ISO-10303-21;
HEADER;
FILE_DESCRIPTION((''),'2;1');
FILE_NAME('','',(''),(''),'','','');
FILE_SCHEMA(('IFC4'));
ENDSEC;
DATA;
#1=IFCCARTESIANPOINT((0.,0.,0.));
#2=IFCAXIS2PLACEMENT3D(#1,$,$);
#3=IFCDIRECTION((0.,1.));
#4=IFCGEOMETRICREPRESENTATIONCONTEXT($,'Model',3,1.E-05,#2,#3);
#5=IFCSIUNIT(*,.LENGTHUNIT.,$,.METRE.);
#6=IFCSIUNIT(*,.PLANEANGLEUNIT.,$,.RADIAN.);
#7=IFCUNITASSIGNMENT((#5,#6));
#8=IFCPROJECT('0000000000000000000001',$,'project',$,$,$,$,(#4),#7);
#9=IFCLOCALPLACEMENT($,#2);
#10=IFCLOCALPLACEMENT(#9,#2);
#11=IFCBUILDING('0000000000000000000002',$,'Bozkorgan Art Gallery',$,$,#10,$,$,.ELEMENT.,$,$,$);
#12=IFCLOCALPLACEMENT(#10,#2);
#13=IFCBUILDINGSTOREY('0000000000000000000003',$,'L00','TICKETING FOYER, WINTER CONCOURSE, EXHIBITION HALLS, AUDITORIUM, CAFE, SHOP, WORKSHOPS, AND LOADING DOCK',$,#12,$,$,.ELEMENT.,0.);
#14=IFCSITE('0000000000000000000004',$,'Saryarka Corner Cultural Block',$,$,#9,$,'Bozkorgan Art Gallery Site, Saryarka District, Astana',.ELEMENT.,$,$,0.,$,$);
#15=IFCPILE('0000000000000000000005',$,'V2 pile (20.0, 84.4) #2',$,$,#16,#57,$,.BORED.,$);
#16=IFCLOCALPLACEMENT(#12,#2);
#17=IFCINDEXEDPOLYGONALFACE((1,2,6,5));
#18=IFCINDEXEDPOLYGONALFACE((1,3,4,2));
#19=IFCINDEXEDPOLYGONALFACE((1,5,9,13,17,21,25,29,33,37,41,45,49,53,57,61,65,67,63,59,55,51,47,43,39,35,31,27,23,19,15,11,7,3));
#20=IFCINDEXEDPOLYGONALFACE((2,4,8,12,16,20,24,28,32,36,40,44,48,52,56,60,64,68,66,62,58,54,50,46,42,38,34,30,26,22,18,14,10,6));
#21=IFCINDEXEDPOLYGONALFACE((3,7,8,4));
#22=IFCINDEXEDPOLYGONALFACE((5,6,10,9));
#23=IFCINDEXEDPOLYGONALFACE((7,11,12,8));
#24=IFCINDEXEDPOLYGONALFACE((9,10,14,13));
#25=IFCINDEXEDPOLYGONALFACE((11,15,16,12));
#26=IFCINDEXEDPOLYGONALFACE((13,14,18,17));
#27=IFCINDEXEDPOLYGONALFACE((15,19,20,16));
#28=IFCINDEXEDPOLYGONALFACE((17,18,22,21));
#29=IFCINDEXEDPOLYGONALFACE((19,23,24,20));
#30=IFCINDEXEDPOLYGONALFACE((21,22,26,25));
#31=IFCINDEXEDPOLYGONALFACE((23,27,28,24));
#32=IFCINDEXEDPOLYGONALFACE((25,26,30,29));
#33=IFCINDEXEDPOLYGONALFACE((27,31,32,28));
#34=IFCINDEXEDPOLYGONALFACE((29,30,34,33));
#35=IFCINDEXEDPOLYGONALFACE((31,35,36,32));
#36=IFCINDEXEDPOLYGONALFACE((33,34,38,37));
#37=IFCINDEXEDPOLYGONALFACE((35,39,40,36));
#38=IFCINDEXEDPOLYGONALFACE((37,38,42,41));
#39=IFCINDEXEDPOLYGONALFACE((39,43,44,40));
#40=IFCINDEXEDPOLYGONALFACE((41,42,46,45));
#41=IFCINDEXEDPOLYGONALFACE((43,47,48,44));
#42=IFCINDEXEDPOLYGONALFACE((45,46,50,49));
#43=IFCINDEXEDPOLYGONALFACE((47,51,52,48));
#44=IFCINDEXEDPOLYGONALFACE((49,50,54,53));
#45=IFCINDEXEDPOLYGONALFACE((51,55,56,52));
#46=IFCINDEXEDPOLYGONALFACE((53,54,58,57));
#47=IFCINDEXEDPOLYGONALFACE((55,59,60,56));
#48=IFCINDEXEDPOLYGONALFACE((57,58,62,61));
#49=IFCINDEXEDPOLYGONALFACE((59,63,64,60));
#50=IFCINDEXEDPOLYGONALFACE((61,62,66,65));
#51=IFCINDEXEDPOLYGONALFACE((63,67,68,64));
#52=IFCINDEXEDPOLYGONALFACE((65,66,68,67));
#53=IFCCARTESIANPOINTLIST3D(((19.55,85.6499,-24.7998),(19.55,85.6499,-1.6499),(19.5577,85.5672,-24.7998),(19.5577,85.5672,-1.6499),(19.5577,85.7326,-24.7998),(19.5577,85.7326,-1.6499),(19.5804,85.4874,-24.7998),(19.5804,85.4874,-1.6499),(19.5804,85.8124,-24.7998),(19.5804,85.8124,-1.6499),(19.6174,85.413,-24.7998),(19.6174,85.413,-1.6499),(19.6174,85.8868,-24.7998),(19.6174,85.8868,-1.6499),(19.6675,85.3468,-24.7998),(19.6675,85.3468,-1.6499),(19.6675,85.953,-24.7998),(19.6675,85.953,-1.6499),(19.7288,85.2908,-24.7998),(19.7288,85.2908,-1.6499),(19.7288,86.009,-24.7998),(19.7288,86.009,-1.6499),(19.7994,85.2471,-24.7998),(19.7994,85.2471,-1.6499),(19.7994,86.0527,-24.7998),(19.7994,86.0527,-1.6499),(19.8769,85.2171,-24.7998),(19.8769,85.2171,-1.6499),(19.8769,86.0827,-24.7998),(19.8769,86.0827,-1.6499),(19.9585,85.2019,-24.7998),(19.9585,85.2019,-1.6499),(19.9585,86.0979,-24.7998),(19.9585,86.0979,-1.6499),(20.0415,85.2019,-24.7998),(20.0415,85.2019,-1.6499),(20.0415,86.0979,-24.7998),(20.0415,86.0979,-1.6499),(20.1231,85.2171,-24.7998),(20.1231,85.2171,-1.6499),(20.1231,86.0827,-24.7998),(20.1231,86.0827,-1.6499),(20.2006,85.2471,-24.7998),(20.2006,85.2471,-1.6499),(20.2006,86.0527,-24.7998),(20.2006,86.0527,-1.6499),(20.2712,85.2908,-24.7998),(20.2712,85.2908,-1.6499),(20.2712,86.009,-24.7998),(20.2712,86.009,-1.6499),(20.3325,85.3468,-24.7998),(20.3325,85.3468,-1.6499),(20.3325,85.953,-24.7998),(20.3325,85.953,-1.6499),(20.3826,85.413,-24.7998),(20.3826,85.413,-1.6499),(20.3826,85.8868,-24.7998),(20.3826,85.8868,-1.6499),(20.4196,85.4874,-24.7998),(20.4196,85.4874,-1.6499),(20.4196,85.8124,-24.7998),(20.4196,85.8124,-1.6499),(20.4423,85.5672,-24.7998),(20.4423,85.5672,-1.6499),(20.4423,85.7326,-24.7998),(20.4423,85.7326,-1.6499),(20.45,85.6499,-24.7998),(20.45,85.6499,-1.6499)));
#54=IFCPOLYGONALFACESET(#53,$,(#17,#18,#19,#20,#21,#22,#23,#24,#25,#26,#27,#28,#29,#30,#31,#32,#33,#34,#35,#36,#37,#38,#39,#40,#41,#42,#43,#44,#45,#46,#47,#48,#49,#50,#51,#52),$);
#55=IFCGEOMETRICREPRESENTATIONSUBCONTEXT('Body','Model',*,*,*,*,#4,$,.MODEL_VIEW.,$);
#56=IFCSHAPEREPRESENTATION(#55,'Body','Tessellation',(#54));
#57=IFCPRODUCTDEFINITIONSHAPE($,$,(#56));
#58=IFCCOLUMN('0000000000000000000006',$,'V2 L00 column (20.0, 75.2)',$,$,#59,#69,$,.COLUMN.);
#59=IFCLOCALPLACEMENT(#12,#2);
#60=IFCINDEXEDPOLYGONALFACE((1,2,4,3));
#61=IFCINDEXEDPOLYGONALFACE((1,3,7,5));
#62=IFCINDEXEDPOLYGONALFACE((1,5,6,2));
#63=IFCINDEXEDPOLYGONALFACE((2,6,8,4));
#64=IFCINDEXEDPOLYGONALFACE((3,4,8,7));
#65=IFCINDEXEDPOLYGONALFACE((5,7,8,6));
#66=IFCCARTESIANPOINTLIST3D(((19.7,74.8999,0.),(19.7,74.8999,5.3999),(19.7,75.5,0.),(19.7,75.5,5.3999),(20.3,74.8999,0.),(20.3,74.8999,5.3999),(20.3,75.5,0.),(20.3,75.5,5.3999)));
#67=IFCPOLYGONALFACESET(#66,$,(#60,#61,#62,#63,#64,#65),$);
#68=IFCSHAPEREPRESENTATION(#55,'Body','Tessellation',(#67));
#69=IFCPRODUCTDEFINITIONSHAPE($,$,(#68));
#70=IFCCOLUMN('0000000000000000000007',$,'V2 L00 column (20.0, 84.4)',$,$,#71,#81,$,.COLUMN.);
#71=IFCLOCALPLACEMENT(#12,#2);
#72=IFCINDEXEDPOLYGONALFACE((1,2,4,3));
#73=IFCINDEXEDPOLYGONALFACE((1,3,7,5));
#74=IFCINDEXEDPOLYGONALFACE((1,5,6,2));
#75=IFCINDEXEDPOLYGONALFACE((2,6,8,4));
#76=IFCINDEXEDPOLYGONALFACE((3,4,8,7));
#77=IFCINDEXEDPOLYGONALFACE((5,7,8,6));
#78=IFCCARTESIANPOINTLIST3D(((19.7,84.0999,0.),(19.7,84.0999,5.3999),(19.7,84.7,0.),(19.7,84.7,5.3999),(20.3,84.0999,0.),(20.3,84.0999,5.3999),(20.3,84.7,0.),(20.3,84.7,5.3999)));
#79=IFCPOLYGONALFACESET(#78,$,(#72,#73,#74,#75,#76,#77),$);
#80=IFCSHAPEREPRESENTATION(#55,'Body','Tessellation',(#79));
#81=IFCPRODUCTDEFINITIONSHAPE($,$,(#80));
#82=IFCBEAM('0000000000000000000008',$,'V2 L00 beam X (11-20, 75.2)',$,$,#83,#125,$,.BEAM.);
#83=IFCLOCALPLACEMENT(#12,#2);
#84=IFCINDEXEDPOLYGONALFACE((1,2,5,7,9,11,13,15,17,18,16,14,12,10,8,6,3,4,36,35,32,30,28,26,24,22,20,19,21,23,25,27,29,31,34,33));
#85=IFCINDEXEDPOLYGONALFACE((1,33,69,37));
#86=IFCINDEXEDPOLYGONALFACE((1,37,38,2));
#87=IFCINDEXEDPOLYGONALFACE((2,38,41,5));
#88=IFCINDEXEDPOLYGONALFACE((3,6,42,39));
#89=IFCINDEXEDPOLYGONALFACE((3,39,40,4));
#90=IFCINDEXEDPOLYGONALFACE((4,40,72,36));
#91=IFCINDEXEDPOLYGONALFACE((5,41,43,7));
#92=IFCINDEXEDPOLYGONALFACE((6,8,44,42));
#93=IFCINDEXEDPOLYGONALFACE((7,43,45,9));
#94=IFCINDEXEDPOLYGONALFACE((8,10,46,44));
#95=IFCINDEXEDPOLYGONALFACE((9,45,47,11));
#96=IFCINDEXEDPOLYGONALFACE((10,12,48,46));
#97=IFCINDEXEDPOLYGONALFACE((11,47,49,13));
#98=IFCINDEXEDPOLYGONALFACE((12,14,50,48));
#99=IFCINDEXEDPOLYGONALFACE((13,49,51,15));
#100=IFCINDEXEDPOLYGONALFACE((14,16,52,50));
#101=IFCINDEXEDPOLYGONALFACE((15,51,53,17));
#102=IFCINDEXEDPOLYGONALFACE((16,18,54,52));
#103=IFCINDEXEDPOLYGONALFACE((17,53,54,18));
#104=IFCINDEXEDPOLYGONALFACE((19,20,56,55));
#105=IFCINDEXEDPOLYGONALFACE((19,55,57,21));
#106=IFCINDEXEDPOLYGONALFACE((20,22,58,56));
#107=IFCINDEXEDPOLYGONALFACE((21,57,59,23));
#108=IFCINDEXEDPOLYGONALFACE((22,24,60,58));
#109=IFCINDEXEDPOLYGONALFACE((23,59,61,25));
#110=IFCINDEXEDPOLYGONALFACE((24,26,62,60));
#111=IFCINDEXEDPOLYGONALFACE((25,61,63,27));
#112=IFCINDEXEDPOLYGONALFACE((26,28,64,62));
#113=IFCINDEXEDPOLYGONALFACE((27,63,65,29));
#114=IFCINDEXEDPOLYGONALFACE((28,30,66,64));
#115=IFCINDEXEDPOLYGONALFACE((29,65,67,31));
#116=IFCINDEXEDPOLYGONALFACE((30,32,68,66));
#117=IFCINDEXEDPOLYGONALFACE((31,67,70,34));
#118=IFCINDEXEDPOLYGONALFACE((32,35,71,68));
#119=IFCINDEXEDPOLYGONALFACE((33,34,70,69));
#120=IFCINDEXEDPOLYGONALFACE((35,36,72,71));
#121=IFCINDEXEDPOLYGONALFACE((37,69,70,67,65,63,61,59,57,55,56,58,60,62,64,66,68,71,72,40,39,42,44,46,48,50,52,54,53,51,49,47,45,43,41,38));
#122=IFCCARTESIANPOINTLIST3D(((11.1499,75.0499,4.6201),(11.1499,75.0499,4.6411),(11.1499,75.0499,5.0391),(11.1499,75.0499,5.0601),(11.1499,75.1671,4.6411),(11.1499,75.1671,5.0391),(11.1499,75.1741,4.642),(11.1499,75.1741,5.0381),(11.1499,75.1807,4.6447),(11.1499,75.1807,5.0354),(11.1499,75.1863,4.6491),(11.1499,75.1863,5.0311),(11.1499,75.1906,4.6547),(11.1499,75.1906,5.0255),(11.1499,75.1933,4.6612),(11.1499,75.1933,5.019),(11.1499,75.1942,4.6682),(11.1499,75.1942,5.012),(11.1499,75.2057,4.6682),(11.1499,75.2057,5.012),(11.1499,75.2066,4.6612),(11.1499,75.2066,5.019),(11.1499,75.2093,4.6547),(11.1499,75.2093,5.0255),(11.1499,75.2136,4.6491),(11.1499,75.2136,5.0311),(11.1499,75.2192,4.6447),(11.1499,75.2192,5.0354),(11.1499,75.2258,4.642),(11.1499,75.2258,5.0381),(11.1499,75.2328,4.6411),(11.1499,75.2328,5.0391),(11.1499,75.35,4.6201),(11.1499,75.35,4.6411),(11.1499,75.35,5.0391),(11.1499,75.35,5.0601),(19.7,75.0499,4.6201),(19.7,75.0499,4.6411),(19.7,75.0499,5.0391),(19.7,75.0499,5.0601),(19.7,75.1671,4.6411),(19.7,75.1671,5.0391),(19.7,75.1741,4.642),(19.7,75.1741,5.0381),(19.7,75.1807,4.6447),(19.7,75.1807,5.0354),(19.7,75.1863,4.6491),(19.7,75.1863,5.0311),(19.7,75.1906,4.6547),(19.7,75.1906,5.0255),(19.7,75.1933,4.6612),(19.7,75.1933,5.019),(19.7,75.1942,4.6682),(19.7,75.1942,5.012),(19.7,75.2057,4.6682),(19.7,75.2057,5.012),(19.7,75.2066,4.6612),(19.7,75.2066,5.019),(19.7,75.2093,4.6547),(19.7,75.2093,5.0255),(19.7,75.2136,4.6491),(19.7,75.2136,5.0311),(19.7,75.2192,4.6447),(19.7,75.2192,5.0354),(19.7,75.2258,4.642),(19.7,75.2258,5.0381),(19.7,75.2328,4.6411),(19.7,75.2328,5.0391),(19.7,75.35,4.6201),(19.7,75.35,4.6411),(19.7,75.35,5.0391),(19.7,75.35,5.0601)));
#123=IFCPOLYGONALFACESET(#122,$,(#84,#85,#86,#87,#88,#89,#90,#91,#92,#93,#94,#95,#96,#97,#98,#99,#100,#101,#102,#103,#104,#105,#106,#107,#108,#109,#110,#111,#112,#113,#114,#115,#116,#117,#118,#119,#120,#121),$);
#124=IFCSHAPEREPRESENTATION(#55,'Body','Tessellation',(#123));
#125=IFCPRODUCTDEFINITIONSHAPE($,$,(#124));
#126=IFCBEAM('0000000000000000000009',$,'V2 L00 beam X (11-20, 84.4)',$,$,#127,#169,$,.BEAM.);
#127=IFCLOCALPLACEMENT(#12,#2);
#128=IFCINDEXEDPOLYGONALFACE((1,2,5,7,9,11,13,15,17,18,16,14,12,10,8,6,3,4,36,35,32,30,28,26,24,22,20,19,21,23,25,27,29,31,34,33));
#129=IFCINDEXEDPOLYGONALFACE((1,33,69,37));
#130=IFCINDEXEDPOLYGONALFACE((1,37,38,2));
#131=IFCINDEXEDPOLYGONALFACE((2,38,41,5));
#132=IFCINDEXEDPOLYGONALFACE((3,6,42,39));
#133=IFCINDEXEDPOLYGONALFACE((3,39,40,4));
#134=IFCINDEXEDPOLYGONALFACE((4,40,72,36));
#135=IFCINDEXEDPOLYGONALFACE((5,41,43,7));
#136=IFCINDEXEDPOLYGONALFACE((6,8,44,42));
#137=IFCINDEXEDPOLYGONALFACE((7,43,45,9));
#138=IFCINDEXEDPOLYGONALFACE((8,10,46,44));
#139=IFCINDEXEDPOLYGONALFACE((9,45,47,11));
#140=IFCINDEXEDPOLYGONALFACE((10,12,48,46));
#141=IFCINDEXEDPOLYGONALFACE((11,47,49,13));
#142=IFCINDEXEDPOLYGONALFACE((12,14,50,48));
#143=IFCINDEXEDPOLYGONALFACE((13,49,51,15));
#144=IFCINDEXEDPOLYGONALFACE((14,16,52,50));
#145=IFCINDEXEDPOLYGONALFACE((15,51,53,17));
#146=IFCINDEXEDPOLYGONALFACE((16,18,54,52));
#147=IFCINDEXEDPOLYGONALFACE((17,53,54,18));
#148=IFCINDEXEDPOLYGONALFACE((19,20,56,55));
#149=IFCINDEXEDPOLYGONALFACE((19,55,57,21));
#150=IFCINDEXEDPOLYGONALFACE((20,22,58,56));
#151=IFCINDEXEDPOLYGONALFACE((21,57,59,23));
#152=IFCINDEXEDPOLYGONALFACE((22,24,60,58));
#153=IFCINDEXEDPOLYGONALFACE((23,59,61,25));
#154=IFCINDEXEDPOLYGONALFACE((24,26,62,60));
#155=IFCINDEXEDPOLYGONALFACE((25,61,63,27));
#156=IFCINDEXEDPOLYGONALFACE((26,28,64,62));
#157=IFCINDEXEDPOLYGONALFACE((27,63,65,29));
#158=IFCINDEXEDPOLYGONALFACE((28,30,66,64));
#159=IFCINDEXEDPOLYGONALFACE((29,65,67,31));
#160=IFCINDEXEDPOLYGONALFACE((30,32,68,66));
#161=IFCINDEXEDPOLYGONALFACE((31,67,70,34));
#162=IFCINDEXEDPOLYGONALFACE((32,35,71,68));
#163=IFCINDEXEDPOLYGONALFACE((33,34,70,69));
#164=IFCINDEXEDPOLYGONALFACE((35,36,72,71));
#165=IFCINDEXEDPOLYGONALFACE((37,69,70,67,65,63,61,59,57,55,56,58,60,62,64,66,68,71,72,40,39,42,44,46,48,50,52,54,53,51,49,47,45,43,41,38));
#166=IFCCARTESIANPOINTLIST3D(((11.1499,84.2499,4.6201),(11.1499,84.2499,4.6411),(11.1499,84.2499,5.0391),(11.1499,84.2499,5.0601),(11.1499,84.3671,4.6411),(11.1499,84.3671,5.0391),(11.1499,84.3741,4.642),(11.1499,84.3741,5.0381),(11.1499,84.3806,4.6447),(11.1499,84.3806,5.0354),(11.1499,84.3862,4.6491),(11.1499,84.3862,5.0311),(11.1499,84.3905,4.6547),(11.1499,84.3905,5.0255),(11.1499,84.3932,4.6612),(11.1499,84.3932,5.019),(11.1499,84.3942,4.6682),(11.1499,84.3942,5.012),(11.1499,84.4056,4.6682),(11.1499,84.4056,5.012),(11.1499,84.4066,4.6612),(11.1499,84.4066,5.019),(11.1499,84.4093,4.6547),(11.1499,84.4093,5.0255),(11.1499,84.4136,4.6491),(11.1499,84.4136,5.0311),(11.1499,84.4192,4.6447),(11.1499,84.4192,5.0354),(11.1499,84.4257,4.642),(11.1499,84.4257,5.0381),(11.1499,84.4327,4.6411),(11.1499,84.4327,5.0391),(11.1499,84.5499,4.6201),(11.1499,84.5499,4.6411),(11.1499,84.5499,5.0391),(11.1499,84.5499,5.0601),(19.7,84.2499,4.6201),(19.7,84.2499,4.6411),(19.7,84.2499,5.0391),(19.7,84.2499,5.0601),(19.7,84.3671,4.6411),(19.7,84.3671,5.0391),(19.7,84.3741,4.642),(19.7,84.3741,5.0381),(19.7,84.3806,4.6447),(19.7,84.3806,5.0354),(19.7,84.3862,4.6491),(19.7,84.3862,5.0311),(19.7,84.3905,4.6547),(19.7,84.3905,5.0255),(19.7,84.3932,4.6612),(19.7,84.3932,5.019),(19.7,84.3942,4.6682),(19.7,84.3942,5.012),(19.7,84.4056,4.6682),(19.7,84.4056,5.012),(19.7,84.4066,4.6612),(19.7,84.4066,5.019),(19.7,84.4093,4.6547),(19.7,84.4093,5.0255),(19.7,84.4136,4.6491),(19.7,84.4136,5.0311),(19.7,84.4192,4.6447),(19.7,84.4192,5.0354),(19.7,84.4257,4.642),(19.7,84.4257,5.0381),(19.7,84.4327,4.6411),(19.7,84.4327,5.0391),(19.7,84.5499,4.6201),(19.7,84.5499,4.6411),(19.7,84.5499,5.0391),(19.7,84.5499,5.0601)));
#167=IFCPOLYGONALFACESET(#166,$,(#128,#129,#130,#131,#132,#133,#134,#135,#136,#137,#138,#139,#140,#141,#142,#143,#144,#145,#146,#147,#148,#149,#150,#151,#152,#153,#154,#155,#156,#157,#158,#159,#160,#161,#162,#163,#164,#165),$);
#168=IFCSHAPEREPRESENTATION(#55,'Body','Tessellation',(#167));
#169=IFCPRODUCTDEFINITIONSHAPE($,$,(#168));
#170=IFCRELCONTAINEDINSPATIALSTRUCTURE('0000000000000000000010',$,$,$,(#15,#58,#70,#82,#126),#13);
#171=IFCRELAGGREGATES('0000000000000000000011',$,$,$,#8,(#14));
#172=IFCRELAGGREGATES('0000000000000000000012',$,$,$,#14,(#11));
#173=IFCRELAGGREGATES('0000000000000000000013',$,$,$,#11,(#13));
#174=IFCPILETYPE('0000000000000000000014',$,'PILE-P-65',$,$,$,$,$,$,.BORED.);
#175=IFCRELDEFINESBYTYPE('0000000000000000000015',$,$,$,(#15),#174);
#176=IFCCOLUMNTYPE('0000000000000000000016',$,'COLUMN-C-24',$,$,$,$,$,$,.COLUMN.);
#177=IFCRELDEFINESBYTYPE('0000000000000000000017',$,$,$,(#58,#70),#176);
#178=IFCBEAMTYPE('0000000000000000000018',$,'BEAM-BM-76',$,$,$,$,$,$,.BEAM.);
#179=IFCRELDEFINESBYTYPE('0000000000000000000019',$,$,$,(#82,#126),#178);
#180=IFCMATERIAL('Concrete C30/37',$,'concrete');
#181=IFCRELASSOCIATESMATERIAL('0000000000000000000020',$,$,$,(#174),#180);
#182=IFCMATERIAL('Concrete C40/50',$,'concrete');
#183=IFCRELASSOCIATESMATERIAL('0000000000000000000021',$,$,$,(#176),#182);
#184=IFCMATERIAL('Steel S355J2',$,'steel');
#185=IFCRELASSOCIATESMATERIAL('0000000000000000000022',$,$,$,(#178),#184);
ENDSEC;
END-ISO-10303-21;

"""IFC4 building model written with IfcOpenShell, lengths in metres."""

from ifc_helpers import new_model, si_unit, direction, frame, origin, origin_2d, place, context, subcontext, project, spatial, rectangle, circle, i_section, extrude, material, material_profile, profile_set, type_object, element, save


model = new_model("IFC4")

# Units and contexts
model_context = context("Model", 3, precision=1e-05, world=origin(), true_north=direction((0.0, 1.0)))
body_context = subcontext(model_context, "Body", "Model", "MODEL_VIEW")
ifc_project = project(units=[si_unit("LENGTHUNIT", "METRE"), si_unit("PLANEANGLEUNIT", "RADIAN")], contexts=[model_context])

# Site, building, storey
site_placement = place(None, origin())
site = spatial("IfcSite", under=ifc_project, at=site_placement, Name="Saryarka Corner Cultural Block", LongName="Bozkorgan Art Gallery Site, Saryarka District, Astana", CompositionType="ELEMENT", RefElevation=0.0)
building_placement = place(site_placement, origin())
building = spatial("IfcBuilding", under=site, at=building_placement, Name="Bozkorgan Art Gallery", CompositionType="ELEMENT")
storey_placement = place(building_placement, origin())
storey = spatial("IfcBuildingStorey", under=building, at=storey_placement, Name="L00", Description="TICKETING FOYER, WINTER CONCOURSE, EXHIBITION HALLS, AUDITORIUM, CAFE, SHOP, WORKSHOPS, AND LOADING DOCK", CompositionType="ELEMENT", Elevation=0.0)

# Shared definitions
ifc_material_1 = material(Name="Concrete C30/37", Category="concrete")

# Pile
ifc_material_profile_1 = material_profile(ifc_material_1, circle(Radius=0.45, at=origin_2d()), Name="PILE D900")
ifc_profile_set_1 = profile_set([ifc_material_profile_1], Name="Concrete C30/37")
pile_type = type_object("IfcPileType", Name="PILE-P-65", PredefinedType="BORED", material=ifc_profile_set_1)
for number, where, z_axis, x_axis, name in (
    (1, (20.0, 85.6499, -1.6499), (0.0, 0.0, -1.0), (1.0, 0.0, 0.0), "V2 pile (20.0, 84.4) #2"),
):
    element("IfcPile", number, at=place(storey_placement, frame(where, z_axis=z_axis, x_axis=x_axis)), inside=storey, type_object=pile_type, Name=name, PredefinedType="BORED", context=body_context, shape_type="SweptSolid", body=[
        extrude(circle(Radius=0.45, at=origin_2d()), origin(), (0.0, 0.0, 1.0), 23.1499),
    ])

# Columns
ifc_material_2 = material(Name="Concrete C40/50", Category="concrete")
ifc_material_profile_2 = material_profile(ifc_material_2, rectangle(XDim=0.6001, YDim=0.6001, at=origin_2d()), Name="RC 600x600")
ifc_profile_set_2 = profile_set([ifc_material_profile_2], Name="Concrete C40/50")
column_type = type_object("IfcColumnType", Name="COLUMN-C-24", PredefinedType="COLUMN", material=ifc_profile_set_2)
for number, where, z_axis, x_axis, name in (
    (2, (20.0, 75.2, 0.0), (0.0, 0.0, 1.0), (1.0, 0.0, 0.0), "V2 L00 column (20.0, 75.2)"),
    (3, (20.0, 84.3999, 0.0), (0.0, 0.0, 1.0), (1.0, 0.0, 0.0), "V2 L00 column (20.0, 84.4)"),
):
    element("IfcColumn", number, at=place(storey_placement, frame(where, z_axis=z_axis, x_axis=x_axis)), inside=storey, type_object=column_type, Name=name, PredefinedType="COLUMN", context=body_context, shape_type="SweptSolid", body=[
        extrude(rectangle(XDim=0.6001, YDim=0.6001, at=origin_2d()), origin(), (0.0, 0.0, 1.0), 5.3999),
    ])

# Beams
ifc_material_3 = material(Name="Steel S355J2", Category="steel")
ifc_material_profile_3 = material_profile(ifc_material_3, i_section(OverallWidth=0.3, OverallDepth=0.4399, WebThickness=0.0115, FlangeThickness=0.021, FilletRadius=0.0271, at=origin_2d()), Name="HEA 450")
ifc_profile_set_3 = profile_set([ifc_material_profile_3], Name="Steel S355J2")
beam_type_1 = type_object("IfcBeamType", Name="BEAM-BM-76", PredefinedType="BEAM", material=ifc_profile_set_3)
for number, where, z_axis, x_axis, name in (
    (4, (11.1499, 75.2, 4.8401), (1.0, 0.0, 0.0), (0.0, 1.0, 0.0), "V2 L00 beam X (11-20, 75.2)"),
    (5, (11.1499, 84.3999, 4.8401), (1.0, 0.0, 0.0), (0.0, 1.0, 0.0), "V2 L00 beam X (11-20, 84.4)"),
):
    element("IfcBeam", number, at=place(storey_placement, frame(where, z_axis=z_axis, x_axis=x_axis)), inside=storey, type_object=beam_type_1, Name=name, PredefinedType="BEAM", context=body_context, shape_type="SweptSolid", body=[
        extrude(i_section(OverallWidth=0.3, OverallDepth=0.4399, WebThickness=0.0115, FlangeThickness=0.021, FilletRadius=0.0271, at=origin_2d()), origin(), (0.0, 0.0, 1.0), 8.55),
    ])

save(model, "model.ifc")
